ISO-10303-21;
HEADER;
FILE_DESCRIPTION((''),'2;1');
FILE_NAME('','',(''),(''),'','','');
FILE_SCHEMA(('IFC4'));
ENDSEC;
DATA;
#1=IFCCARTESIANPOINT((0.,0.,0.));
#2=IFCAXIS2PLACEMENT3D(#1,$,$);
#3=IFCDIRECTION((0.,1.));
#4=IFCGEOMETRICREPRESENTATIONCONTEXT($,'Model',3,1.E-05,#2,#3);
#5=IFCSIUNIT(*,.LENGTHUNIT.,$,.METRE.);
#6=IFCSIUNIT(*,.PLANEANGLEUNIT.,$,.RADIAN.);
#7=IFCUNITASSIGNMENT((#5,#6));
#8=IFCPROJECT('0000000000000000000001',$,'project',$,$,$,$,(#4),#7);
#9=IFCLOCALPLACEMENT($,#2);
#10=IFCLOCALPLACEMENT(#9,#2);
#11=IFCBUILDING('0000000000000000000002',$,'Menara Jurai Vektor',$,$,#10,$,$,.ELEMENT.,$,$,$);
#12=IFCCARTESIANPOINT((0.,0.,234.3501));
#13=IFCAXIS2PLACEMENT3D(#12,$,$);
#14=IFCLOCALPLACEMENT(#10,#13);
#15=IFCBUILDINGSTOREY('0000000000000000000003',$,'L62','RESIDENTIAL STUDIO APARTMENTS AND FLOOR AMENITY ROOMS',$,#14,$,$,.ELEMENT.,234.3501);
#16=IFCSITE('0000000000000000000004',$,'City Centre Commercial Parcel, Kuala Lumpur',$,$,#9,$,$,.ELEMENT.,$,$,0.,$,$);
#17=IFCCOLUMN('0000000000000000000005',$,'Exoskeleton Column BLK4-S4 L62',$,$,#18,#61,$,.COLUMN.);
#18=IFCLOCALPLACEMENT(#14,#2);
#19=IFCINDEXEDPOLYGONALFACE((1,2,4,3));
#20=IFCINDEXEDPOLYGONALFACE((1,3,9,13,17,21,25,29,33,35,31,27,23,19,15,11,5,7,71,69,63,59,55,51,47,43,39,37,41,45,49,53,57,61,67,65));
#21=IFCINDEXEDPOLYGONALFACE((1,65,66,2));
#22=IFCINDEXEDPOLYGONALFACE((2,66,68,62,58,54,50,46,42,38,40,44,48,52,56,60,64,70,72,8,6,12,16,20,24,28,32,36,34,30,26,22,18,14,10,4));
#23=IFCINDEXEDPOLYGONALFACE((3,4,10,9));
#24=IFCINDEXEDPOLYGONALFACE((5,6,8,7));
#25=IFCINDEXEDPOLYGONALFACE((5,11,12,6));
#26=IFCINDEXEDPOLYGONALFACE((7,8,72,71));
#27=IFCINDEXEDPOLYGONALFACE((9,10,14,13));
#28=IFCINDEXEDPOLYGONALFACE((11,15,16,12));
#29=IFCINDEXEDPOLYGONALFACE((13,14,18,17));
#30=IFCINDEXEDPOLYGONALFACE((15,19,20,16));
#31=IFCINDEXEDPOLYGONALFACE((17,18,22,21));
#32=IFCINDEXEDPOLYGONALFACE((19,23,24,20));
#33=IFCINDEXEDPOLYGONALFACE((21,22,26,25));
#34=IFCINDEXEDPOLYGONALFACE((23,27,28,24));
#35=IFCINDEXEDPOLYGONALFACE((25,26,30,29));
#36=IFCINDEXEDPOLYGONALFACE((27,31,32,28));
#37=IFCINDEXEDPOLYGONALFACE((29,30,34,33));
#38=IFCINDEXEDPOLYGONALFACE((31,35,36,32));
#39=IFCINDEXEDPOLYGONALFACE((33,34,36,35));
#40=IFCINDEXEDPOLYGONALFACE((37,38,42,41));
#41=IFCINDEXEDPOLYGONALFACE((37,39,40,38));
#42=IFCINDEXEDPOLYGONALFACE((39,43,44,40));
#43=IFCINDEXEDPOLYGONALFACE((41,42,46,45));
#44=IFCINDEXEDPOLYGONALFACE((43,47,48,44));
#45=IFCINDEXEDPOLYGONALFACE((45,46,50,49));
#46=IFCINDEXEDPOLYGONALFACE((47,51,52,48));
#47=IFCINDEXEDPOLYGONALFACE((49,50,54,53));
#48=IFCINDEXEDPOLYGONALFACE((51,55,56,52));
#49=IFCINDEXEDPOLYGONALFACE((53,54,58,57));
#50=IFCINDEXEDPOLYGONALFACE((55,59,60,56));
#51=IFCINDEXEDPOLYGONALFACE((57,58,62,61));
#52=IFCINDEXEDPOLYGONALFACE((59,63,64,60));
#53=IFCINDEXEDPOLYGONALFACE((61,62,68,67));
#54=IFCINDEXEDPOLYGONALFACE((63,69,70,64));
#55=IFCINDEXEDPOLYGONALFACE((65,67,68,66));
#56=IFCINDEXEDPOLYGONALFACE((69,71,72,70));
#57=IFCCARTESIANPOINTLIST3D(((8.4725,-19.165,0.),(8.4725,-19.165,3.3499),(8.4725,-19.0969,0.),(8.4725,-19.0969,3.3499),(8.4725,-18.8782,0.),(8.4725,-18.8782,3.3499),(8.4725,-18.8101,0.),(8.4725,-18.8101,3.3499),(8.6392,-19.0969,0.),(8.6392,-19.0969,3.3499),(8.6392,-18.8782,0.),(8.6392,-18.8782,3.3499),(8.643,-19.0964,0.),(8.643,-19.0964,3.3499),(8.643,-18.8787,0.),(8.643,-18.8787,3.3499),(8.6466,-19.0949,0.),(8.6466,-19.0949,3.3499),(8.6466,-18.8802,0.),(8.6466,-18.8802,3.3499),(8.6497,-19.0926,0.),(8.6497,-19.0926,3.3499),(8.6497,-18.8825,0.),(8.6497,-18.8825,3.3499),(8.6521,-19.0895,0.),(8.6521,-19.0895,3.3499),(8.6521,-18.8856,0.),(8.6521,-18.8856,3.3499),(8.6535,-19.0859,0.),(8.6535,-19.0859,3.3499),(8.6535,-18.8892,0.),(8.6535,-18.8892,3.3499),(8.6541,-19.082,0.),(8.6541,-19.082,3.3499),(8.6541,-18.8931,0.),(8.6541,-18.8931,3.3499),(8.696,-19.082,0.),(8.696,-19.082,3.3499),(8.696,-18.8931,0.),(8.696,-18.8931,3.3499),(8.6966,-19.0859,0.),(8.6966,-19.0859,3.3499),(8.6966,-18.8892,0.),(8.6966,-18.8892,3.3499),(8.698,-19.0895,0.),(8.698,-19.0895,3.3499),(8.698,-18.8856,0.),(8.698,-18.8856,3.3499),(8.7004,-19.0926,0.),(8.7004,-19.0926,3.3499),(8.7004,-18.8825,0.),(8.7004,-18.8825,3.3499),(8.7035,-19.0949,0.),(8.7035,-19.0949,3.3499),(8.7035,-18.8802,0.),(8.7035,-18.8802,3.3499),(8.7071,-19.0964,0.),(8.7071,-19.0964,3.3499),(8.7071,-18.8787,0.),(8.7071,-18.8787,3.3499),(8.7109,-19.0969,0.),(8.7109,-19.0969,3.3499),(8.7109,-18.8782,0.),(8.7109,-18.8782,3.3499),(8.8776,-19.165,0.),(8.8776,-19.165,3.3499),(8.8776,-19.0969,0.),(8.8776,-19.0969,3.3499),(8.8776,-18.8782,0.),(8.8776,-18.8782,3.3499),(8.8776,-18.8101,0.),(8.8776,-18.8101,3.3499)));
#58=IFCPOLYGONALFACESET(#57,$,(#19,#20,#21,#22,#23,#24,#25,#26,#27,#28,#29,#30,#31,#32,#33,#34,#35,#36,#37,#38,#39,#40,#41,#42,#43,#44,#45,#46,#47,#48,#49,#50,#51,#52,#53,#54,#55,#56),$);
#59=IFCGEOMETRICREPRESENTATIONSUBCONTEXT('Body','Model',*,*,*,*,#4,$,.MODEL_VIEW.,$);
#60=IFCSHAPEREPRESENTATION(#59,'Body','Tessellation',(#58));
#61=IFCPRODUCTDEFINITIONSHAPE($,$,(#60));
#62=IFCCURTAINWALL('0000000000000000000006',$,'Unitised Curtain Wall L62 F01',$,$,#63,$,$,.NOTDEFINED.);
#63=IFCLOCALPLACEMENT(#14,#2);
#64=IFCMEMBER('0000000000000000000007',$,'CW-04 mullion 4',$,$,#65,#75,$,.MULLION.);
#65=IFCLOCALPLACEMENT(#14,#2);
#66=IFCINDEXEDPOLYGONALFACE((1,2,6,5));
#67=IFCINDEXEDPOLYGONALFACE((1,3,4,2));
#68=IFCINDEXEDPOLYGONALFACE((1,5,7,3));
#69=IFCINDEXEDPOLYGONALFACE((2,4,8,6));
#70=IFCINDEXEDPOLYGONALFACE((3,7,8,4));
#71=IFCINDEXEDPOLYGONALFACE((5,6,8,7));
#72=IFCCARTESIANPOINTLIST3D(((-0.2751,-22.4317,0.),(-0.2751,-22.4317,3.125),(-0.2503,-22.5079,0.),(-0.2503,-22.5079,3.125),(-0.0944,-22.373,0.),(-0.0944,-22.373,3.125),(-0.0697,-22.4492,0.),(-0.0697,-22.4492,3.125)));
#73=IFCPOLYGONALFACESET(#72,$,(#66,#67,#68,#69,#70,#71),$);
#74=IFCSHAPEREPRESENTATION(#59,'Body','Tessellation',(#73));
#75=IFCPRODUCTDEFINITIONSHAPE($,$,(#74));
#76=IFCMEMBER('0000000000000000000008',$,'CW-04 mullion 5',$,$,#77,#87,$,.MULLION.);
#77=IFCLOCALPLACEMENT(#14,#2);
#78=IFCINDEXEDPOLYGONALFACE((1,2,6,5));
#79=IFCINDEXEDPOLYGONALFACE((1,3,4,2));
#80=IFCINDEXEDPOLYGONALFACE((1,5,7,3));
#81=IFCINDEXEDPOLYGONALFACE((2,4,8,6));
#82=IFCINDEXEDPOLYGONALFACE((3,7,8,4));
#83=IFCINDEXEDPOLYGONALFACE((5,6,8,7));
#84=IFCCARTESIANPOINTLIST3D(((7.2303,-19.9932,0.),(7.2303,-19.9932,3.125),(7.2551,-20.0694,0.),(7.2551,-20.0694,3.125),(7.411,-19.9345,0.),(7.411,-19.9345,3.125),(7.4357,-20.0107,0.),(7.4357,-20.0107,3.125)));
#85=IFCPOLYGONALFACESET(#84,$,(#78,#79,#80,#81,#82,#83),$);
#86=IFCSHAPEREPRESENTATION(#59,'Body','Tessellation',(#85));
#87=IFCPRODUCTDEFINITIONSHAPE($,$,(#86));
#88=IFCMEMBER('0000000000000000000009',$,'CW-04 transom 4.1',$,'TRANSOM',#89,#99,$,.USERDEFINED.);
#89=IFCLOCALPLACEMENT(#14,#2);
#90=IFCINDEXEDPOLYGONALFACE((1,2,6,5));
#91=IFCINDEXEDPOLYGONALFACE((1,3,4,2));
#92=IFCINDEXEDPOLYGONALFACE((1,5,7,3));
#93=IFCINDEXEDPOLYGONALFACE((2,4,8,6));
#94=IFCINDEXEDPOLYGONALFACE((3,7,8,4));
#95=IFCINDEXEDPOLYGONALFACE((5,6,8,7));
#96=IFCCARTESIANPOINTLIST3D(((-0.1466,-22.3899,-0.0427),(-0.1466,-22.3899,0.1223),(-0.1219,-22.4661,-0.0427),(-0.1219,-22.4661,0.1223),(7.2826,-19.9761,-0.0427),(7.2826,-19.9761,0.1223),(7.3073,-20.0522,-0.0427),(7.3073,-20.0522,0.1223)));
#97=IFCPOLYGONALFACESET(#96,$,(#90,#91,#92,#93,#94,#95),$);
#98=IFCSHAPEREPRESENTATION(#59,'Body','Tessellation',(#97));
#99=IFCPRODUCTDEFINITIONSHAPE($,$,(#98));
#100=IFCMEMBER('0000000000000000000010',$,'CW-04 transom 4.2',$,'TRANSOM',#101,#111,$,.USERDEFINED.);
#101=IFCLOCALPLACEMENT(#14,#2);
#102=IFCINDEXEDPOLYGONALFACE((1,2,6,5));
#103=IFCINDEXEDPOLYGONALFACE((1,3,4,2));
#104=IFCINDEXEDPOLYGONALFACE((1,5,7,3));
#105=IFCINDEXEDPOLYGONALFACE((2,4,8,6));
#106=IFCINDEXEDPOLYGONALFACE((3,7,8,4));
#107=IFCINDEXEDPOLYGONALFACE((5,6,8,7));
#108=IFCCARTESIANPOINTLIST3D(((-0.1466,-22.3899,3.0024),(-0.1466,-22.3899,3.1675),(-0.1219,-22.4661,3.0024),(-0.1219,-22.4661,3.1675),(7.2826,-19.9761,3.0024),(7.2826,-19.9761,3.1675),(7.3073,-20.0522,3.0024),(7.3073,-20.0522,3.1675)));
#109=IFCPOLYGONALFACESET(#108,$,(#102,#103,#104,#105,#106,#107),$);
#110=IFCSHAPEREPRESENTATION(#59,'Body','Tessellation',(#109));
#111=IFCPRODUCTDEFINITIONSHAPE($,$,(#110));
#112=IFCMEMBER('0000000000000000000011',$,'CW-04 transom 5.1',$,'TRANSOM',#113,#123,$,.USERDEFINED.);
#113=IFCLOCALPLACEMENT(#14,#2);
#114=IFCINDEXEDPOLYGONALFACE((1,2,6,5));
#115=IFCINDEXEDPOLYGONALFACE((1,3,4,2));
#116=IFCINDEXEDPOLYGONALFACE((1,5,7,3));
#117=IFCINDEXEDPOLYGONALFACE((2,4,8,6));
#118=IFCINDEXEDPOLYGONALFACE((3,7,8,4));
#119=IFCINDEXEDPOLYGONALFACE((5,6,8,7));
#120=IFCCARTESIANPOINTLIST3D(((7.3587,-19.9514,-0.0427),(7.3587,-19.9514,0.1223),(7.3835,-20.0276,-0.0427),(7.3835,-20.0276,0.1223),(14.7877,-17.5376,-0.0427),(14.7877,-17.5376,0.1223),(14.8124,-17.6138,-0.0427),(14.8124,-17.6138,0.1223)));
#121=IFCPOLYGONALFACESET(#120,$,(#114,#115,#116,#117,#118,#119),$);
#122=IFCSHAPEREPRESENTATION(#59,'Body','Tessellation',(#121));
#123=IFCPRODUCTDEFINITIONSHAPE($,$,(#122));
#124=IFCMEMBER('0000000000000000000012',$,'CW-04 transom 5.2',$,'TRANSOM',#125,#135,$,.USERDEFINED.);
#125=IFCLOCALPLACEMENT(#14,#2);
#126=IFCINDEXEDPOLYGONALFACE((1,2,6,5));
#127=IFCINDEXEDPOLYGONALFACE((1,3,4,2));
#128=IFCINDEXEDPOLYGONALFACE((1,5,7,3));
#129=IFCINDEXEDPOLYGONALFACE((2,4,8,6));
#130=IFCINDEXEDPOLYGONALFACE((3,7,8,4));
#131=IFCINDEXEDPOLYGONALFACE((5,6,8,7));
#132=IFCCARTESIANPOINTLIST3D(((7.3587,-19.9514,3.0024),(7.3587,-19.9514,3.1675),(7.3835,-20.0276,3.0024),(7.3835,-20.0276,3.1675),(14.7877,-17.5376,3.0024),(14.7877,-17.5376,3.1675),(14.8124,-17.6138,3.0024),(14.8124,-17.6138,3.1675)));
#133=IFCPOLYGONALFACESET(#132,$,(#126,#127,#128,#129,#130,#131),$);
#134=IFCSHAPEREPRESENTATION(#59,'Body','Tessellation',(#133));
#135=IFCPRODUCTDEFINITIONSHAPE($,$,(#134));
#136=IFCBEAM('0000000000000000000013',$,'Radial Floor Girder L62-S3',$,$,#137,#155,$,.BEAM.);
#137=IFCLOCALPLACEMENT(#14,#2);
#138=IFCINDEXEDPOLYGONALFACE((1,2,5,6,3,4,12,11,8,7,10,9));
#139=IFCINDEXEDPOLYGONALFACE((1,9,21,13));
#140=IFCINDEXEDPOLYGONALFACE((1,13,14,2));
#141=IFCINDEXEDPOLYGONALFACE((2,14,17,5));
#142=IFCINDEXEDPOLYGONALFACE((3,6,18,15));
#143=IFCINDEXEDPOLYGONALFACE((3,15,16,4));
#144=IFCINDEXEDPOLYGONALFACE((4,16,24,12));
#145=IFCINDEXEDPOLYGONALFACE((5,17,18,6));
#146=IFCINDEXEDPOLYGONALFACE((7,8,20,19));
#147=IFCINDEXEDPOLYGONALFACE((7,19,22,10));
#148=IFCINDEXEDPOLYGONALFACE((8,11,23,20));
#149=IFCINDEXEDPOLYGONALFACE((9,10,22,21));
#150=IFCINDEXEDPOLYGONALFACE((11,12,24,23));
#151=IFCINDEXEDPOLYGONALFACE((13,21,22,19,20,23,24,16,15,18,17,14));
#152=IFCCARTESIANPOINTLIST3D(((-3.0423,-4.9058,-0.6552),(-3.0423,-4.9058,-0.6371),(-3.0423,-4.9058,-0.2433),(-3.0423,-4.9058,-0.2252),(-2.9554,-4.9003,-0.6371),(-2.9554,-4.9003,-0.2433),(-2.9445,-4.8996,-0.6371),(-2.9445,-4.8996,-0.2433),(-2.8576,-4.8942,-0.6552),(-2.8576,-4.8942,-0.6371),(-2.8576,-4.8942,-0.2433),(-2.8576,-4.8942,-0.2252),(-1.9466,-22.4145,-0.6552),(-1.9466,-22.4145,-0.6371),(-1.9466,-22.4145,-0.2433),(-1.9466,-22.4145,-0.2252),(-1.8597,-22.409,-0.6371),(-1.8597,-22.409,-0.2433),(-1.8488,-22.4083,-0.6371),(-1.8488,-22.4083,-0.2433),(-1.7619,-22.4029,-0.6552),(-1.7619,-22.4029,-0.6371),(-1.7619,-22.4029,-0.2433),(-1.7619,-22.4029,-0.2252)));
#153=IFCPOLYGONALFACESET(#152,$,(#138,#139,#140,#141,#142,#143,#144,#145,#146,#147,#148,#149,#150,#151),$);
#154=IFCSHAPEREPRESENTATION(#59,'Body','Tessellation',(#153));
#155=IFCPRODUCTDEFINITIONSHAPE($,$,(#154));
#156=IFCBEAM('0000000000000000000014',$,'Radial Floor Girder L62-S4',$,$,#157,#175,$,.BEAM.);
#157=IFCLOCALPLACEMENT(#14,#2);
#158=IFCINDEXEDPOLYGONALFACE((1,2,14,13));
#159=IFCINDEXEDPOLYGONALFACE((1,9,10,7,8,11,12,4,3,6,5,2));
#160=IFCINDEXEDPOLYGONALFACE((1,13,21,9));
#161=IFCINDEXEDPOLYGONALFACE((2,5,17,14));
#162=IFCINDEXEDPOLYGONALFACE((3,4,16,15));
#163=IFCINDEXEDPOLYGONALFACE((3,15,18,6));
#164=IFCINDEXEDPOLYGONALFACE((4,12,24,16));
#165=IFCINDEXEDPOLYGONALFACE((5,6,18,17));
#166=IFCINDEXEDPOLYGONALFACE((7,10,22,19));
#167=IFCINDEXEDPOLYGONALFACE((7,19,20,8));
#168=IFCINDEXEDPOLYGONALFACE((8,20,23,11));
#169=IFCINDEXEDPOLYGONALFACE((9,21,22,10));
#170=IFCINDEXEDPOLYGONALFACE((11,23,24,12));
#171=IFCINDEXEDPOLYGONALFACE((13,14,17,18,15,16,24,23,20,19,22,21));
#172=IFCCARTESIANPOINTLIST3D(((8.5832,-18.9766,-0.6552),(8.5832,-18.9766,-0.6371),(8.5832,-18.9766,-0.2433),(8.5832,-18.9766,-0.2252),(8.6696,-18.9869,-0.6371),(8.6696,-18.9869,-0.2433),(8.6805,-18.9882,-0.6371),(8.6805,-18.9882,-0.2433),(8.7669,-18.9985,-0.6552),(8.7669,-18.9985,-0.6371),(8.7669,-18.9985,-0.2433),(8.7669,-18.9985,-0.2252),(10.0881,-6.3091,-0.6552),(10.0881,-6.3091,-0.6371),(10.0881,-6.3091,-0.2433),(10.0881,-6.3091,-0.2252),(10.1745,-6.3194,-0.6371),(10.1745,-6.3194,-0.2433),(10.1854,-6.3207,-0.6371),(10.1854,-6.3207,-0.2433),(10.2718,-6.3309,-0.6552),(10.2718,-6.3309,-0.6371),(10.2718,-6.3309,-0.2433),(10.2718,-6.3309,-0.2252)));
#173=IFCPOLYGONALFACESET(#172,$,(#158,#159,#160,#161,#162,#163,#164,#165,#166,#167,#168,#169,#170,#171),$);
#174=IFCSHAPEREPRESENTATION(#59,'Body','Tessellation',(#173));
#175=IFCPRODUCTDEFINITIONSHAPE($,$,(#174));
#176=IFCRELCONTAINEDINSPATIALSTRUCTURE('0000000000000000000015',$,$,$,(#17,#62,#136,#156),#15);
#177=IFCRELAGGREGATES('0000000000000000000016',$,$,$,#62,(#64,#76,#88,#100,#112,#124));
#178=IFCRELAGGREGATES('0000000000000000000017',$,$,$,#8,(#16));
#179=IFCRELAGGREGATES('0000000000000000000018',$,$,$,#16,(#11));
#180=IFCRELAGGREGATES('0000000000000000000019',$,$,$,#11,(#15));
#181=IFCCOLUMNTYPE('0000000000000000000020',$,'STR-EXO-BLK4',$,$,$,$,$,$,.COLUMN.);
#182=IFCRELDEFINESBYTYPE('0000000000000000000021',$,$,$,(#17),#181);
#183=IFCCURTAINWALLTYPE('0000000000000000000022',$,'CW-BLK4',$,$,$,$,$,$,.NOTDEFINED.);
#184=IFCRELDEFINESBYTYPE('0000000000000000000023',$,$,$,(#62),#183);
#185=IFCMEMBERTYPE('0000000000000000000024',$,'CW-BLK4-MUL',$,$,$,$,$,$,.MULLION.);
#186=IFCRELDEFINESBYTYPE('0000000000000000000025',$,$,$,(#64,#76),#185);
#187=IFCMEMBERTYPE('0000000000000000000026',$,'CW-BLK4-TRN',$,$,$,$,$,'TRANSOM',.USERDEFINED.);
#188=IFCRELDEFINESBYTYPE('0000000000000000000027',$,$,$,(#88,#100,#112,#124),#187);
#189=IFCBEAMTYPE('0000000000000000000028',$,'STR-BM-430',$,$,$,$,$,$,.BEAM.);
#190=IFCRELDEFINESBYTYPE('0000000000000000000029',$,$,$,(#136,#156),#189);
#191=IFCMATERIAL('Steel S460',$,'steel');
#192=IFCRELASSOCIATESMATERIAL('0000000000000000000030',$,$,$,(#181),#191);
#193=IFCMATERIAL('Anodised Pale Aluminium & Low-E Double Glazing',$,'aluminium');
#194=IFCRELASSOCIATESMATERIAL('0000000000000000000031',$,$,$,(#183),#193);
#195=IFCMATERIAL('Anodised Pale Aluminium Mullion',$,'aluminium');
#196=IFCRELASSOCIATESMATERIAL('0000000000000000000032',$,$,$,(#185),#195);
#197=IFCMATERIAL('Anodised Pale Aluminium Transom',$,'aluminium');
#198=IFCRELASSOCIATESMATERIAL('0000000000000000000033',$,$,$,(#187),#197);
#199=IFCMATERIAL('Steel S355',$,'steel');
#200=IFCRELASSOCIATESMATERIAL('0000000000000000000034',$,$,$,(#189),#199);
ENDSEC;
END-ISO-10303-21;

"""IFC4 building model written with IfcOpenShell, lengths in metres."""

from ifc_helpers import new_model, si_unit, direction, frame, origin, origin_2d, place, context, subcontext, project, spatial, rectangle, i_section, extrude, material, material_profile, profile_set, type_object, element, aggregate, save


model = new_model("IFC4")

# Units and contexts
model_context = context("Model", 3, precision=1e-05, world=origin(), true_north=direction((0.0, 1.0)))
body_context = subcontext(model_context, "Body", "Model", "MODEL_VIEW")
ifc_project = project(units=[si_unit("LENGTHUNIT", "METRE"), si_unit("PLANEANGLEUNIT", "RADIAN")], contexts=[model_context])

# Site, building, storey
site_placement = place(None, origin())
site = spatial("IfcSite", under=ifc_project, at=site_placement, Name="City Centre Commercial Parcel, Kuala Lumpur", CompositionType="ELEMENT", RefElevation=0.0)
building_placement = place(site_placement, origin())
building = spatial("IfcBuilding", under=site, at=building_placement, Name="Menara Jurai Vektor", CompositionType="ELEMENT")
storey_placement = place(building_placement, frame((0.0, 0.0, 234.3501)))
storey = spatial("IfcBuildingStorey", under=building, at=storey_placement, Name="L62", Description="RESIDENTIAL STUDIO APARTMENTS AND FLOOR AMENITY ROOMS", CompositionType="ELEMENT", Elevation=234.3501)

# Column
ifc_material_1 = material(Name="Steel S460", Category="steel")
ifc_material_profile_1 = material_profile(ifc_material_1, i_section(OverallWidth=0.405, OverallDepth=0.355, WebThickness=0.042, FlangeThickness=0.0681, FilletRadius=0.0149, at=origin_2d()), Name="HD 400x551")
ifc_profile_set_1 = profile_set([ifc_material_profile_1], Name="Steel S460")
column_type = type_object("IfcColumnType", Name="STR-EXO-BLK4", PredefinedType="COLUMN", material=ifc_profile_set_1)
column_placement = place(storey_placement, frame((8.675, -18.9875, 0.0), z_axis=(0.0, 0.0, 1.0), x_axis=(1.0, 0.0, 0.0)))
element("IfcColumn", 1, at=column_placement, inside=storey, type_object=column_type, Name="Exoskeleton Column BLK4-S4 L62", PredefinedType="COLUMN", context=body_context, shape_type="SweptSolid", body=[
    extrude(i_section(OverallWidth=0.405, OverallDepth=0.355, WebThickness=0.042, FlangeThickness=0.0681, FilletRadius=0.0149, at=origin_2d()), origin(), (0.0, 0.0, 1.0), 3.3499),
])

# Curtain wall, members
ifc_material_2 = material(Name="Anodised Pale Aluminium & Low-E Double Glazing", Category="aluminium")
curtain_wall_type = type_object("IfcCurtainWallType", Name="CW-BLK4", PredefinedType="NOTDEFINED", material=ifc_material_2)
curtain_wall_placement = place(storey_placement, origin())
curtain_wall = element("IfcCurtainWall", 2, at=curtain_wall_placement, inside=storey, type_object=curtain_wall_type, Name="Unitised Curtain Wall L62 F01", PredefinedType="NOTDEFINED")
ifc_material_3 = material(Name="Anodised Pale Aluminium Mullion", Category="aluminium")
ifc_material_profile_2 = material_profile(ifc_material_3, rectangle(XDim=0.0801, YDim=0.1899, at=origin_2d()), Name="ALU MUL 80x190")
ifc_profile_set_2 = profile_set([ifc_material_profile_2], Name="Anodised Pale Aluminium Mullion")
member_type_1 = type_object("IfcMemberType", Name="CW-BLK4-MUL", PredefinedType="MULLION", material=ifc_profile_set_2)
member_1_placement = place(storey_placement, frame((-0.1724, -22.4404, 0.0), z_axis=(0.0, 0.0, 1.0), x_axis=(-0.309017, 0.951056, 0.0)))
member_1 = element("IfcMember", 3, at=member_1_placement, type_object=member_type_1, Name="CW-04 mullion 4", PredefinedType="MULLION", context=body_context, shape_type="SweptSolid", body=[
    extrude(rectangle(XDim=0.0801, YDim=0.1899, at=origin_2d()), origin(), (0.0, 0.0, 1.0), 3.125),
])
member_2_placement = place(storey_placement, frame((7.333, -20.002, 0.0), z_axis=(0.0, 0.0, 1.0), x_axis=(-0.309017, 0.951056, 0.0)))
member_2 = element("IfcMember", 4, at=member_2_placement, type_object=member_type_1, Name="CW-04 mullion 5", PredefinedType="MULLION", context=body_context, shape_type="SweptSolid", body=[
    extrude(rectangle(XDim=0.0801, YDim=0.1899, at=origin_2d()), origin(), (0.0, 0.0, 1.0), 3.125),
])
ifc_material_4 = material(Name="Anodised Pale Aluminium Transom", Category="aluminium")
ifc_material_profile_3 = material_profile(ifc_material_4, rectangle(XDim=0.0801, YDim=0.165, at=origin_2d()), Name="ALU TRN 80x165")
ifc_profile_set_3 = profile_set([ifc_material_profile_3], Name="Anodised Pale Aluminium Transom")
member_type_2 = type_object("IfcMemberType", Name="CW-BLK4-TRN", ElementType="TRANSOM", PredefinedType="USERDEFINED", material=ifc_profile_set_3)
member_3_placement = place(storey_placement, frame((-0.1343, -22.428, 0.0398), z_axis=(0.951059, 0.309008, 0.0), x_axis=(-0.309008, 0.951059, 0.0)))
member_3 = element("IfcMember", 5, at=member_3_placement, type_object=member_type_2, Name="CW-04 transom 4.1", ObjectType="TRANSOM", PredefinedType="USERDEFINED", context=body_context, shape_type="SweptSolid", body=[
    extrude(rectangle(XDim=0.0801, YDim=0.165, at=origin_2d()), origin(), (0.0, 0.0, 1.0), 7.8115),
])
member_4_placement = place(storey_placement, frame((-0.1343, -22.428, 3.085), z_axis=(0.951059, 0.309008, 0.0), x_axis=(-0.309008, 0.951059, 0.0)))
member_4 = element("IfcMember", 6, at=member_4_placement, type_object=member_type_2, Name="CW-04 transom 4.2", ObjectType="TRANSOM", PredefinedType="USERDEFINED", context=body_context, shape_type="SweptSolid", body=[
    extrude(rectangle(XDim=0.0801, YDim=0.165, at=origin_2d()), origin(), (0.0, 0.0, 1.0), 7.8115),
])
member_5_placement = place(storey_placement, frame((7.3711, -19.9895, 0.0398), z_axis=(0.951056, 0.309018, 0.0), x_axis=(-0.309018, 0.951056, 0.0)))
member_5 = element("IfcMember", 7, at=member_5_placement, type_object=member_type_2, Name="CW-04 transom 5.1", ObjectType="TRANSOM", PredefinedType="USERDEFINED", context=body_context, shape_type="SweptSolid", body=[
    extrude(rectangle(XDim=0.0801, YDim=0.165, at=origin_2d()), origin(), (0.0, 0.0, 1.0), 7.8113),
])
member_6_placement = place(storey_placement, frame((7.3711, -19.9895, 3.085), z_axis=(0.951056, 0.309018, 0.0), x_axis=(-0.309018, 0.951056, 0.0)))
member_6 = element("IfcMember", 8, at=member_6_placement, type_object=member_type_2, Name="CW-04 transom 5.2", ObjectType="TRANSOM", PredefinedType="USERDEFINED", context=body_context, shape_type="SweptSolid", body=[
    extrude(rectangle(XDim=0.0801, YDim=0.165, at=origin_2d()), origin(), (0.0, 0.0, 1.0), 7.8113),
])

# Beams
ifc_material_5 = material(Name="Steel S355", Category="steel")
ifc_material_profile_4 = material_profile(ifc_material_5, i_section(OverallWidth=0.1851, OverallDepth=0.4299, WebThickness=0.011, FlangeThickness=0.0181, at=origin_2d()), Name="PG 430x185x76")
ifc_profile_set_4 = profile_set([ifc_material_profile_4], Name="Steel S355")
beam_type_1 = type_object("IfcBeamType", Name="STR-BM-430", PredefinedType="BEAM", material=ifc_profile_set_4)
beam_1_placement = place(storey_placement, frame((-1.8542, -22.4087, -0.4402), z_axis=(-0.062458, 0.998048, 0.0), x_axis=(-0.998048, -0.062458, 0.0)))
element("IfcBeam", 9, at=beam_1_placement, inside=storey, type_object=beam_type_1, Name="Radial Floor Girder L62-S3", PredefinedType="BEAM", context=body_context, shape_type="SweptSolid", body=[
    extrude(i_section(OverallWidth=0.1851, OverallDepth=0.4299, WebThickness=0.011, FlangeThickness=0.0181, at=origin_2d()), origin(), (0.0, 0.0, 1.0), 17.543),
])
beam_2_placement = place(storey_placement, frame((8.675, -18.9875, -0.4402), z_axis=(0.117969, 0.993017, 0.0), x_axis=(-0.993017, 0.117969, 0.0)))
element("IfcBeam", 10, at=beam_2_placement, inside=storey, type_object=beam_type_1, Name="Radial Floor Girder L62-S4", PredefinedType="BEAM", context=body_context, shape_type="SweptSolid", body=[
    extrude(i_section(OverallWidth=0.1851, OverallDepth=0.4299, WebThickness=0.011, FlangeThickness=0.0181, at=origin_2d()), origin(), (0.0, 0.0, 1.0), 12.7566),
])

aggregate(curtain_wall, [member_1, member_2, member_3, member_4, member_5, member_6])

save(model, "model.ifc")
